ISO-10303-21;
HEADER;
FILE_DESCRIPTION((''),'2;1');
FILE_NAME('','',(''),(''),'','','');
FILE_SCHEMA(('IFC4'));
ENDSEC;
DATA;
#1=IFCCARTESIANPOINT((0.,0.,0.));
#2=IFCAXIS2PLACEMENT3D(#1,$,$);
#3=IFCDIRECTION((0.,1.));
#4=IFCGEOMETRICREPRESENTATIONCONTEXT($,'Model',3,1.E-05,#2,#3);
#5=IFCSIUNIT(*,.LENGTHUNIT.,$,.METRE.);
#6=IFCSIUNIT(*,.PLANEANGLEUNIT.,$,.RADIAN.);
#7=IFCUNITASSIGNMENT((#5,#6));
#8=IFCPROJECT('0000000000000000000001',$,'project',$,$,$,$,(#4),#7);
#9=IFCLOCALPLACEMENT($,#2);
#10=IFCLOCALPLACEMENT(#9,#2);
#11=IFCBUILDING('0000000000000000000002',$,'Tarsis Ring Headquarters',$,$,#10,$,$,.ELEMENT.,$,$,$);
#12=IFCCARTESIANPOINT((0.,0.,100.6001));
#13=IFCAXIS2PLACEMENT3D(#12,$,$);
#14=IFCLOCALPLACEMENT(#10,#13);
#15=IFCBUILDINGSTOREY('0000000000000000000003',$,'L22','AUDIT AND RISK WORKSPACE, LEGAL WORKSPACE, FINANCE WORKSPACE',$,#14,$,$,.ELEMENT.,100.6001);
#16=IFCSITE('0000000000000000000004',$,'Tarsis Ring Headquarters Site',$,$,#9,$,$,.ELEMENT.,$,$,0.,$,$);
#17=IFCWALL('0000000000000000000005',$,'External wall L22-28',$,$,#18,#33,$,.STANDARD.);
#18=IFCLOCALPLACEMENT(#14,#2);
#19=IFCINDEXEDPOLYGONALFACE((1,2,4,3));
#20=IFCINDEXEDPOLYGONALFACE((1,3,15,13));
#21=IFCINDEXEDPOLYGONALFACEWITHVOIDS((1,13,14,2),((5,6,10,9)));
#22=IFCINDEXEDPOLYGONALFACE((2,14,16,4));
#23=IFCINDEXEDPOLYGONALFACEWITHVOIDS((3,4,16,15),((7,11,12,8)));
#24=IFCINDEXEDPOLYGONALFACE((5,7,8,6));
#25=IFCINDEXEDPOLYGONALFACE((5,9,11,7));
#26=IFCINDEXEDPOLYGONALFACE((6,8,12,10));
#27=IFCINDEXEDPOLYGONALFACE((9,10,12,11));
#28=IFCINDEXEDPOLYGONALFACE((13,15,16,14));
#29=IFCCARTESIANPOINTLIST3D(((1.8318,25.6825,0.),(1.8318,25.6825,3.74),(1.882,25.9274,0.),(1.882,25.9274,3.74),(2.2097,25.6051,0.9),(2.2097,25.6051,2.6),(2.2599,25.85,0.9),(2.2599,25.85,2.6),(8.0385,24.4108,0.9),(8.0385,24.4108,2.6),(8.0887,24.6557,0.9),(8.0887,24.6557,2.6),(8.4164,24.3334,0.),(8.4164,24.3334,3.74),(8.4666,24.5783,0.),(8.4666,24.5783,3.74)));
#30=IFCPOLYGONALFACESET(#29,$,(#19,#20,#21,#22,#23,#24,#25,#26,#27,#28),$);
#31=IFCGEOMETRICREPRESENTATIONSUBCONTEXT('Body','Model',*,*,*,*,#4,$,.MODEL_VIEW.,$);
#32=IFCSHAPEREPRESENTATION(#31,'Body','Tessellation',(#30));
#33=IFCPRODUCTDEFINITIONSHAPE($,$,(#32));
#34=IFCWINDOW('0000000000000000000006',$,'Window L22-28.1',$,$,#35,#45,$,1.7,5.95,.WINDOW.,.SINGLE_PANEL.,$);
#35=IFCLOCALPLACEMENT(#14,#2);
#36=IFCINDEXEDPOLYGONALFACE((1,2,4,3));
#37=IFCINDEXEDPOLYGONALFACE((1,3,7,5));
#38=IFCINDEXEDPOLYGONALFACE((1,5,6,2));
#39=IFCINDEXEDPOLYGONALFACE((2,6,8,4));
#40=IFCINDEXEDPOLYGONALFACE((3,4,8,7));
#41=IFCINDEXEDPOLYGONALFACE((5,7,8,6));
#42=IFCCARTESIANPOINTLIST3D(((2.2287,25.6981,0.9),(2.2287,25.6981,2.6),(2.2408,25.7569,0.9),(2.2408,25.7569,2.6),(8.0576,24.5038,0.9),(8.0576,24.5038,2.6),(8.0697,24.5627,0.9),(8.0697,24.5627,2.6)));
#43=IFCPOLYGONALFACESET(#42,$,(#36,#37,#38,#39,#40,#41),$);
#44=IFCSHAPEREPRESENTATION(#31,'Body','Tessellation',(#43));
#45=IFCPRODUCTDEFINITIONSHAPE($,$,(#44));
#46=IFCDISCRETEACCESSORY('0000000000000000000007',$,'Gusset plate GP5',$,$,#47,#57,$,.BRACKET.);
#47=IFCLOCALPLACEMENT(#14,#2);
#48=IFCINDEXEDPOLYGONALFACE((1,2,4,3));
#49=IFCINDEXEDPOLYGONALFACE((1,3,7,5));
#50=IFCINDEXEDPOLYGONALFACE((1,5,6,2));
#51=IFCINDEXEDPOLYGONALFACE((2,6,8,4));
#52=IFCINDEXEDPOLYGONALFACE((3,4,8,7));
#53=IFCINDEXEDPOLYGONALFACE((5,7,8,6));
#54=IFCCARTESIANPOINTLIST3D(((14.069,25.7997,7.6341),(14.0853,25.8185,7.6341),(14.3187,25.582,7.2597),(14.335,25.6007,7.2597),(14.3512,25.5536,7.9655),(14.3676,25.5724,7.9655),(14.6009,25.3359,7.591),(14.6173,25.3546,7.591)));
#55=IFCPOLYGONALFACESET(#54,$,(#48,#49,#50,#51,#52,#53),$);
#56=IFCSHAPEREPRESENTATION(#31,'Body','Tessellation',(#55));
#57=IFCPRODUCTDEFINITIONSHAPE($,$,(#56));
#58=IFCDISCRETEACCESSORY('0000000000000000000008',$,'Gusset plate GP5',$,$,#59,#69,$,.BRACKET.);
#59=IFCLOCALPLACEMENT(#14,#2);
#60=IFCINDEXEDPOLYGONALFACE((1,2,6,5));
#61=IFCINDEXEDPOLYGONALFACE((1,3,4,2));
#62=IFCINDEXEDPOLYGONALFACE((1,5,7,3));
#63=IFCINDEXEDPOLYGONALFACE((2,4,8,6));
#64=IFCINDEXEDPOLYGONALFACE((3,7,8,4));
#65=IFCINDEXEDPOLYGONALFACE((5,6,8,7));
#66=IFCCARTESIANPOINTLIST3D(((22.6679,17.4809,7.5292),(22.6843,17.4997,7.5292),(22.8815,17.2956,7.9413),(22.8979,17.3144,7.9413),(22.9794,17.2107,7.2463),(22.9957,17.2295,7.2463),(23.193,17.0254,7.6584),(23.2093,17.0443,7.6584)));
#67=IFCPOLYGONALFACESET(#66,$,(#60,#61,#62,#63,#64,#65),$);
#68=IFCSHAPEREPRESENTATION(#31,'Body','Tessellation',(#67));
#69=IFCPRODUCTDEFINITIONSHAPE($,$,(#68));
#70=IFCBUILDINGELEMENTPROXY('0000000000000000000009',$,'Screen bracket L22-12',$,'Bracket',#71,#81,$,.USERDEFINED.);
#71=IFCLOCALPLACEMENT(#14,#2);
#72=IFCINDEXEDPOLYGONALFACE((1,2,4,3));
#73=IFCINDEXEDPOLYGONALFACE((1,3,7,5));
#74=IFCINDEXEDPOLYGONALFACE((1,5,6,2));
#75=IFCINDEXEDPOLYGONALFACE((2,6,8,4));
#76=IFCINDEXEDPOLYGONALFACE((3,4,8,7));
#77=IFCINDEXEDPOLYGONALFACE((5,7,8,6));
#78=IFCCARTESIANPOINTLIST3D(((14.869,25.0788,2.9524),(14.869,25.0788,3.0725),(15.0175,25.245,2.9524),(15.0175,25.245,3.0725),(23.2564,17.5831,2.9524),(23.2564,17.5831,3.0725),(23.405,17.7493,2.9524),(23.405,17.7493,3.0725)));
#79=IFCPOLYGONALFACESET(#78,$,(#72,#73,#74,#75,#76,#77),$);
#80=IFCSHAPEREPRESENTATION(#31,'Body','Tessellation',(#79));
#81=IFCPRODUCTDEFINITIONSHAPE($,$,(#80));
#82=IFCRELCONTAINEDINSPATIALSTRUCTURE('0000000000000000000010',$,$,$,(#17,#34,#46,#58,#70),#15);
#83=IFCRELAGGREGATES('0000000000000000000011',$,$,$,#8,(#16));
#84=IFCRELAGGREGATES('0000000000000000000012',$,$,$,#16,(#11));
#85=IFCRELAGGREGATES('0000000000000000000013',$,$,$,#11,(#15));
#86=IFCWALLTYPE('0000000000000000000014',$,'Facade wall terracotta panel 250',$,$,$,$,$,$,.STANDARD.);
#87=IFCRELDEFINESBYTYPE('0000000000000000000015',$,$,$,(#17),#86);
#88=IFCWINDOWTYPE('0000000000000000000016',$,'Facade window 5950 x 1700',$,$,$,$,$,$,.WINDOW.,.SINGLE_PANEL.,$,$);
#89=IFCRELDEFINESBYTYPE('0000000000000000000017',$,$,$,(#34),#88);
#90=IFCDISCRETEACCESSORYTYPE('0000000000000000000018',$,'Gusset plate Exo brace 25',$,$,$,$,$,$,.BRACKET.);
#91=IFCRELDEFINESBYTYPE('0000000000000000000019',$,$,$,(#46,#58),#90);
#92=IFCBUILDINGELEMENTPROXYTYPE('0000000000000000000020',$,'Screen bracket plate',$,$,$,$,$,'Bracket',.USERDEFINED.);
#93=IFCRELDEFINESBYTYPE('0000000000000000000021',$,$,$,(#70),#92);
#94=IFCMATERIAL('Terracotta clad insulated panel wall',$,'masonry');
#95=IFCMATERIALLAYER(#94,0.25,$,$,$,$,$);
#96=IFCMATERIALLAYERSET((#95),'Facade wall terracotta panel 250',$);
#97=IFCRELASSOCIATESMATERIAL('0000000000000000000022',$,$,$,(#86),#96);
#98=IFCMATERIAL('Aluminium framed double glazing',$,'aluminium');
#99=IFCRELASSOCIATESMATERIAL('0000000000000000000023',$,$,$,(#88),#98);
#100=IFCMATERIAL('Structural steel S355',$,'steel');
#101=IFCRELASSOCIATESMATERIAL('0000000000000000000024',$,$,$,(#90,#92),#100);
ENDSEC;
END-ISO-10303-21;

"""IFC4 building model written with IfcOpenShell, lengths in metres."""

from ifc_helpers import new_model, si_unit, direction, frame, frame_2d, origin, origin_2d, place, context, subcontext, project, spatial, rectangle, extrude, material, layer, layer_set, material_profile, profile_set, type_object, element, fill, save


model = new_model("IFC4")

# Units and contexts
model_context = context("Model", 3, precision=1e-05, world=origin(), true_north=direction((0.0, 1.0)))
body_context = subcontext(model_context, "Body", "Model", "MODEL_VIEW")
ifc_project = project(units=[si_unit("LENGTHUNIT", "METRE"), si_unit("PLANEANGLEUNIT", "RADIAN")], contexts=[model_context])

# Site, building, storey
site_placement = place(None, origin())
site = spatial("IfcSite", under=ifc_project, at=site_placement, Name="Tarsis Ring Headquarters Site", CompositionType="ELEMENT", RefElevation=0.0)
building_placement = place(site_placement, origin())
building = spatial("IfcBuilding", under=site, at=building_placement, Name="Tarsis Ring Headquarters", CompositionType="ELEMENT")
storey_placement = place(building_placement, frame((0.0, 0.0, 100.6001)))
storey = spatial("IfcBuildingStorey", under=building, at=storey_placement, Name="L22", Description="AUDIT AND RISK WORKSPACE, LEGAL WORKSPACE, FINANCE WORKSPACE", CompositionType="ELEMENT", Elevation=100.6001)

# Shared definitions
ifc_material_1 = material(Name="Structural steel S355", Category="steel")

# Wall, opening, window
ifc_material_2 = material(Name="Terracotta clad insulated panel wall", Category="masonry")
ifc_layer = layer(ifc_material_2, 0.25)
ifc_layer_set = layer_set([ifc_layer], Name="Facade wall terracotta panel 250")
wall_type = type_object("IfcWallType", Name="Facade wall terracotta panel 250", PredefinedType="STANDARD", material=ifc_layer_set)
ifc_material_3 = material(Name="Aluminium framed double glazing", Category="aluminium")
window_type = type_object("IfcWindowType", Name="Facade window 5950 x 1700", PartitioningType="SINGLE_PANEL", PredefinedType="WINDOW", material=ifc_material_3)
wall_1_placement = place(storey_placement, frame((8.4417, 24.4558, 0.0), z_axis=(0.0, 0.0, 1.0), x_axis=(-0.979649, 0.200717, 0.0)))
wall_1 = element("IfcWall", 1, at=wall_1_placement, inside=storey, type_object=wall_type, Name="External wall L22-28", PredefinedType="STANDARD", context=body_context, shape_type="SweptSolid", body=[
    extrude(rectangle(XDim=6.7214, YDim=0.25, at=frame_2d((3.3608, 0.0))), origin(), (0.0, 0.0, 1.0), 3.74),
])
opening_1_placement = place(wall_1_placement, frame((0.3857, 0.0, 0.8999)))
opening_1 = element("IfcOpeningElement", 2, at=opening_1_placement, cuts=wall_1, PredefinedType="OPENING", context=body_context, shape_type="SweptSolid", body=[
    extrude(rectangle(XDim=5.95, YDim=1.7, at=frame_2d((2.9751, 0.8501))), frame((0.0, 0.135, 0.0), z_axis=(0.0, -1.0, 0.0), x_axis=(1.0, 0.0, 0.0)), (0.0, 0.0, 1.0), 0.27),
])
window_1_placement = place(opening_1_placement, origin())
window_1 = element("IfcWindow", 3, at=window_1_placement, inside=storey, type_object=window_type, Name="Window L22-28.1", OverallHeight=1.7, OverallWidth=5.95, PartitioningType="SINGLE_PANEL", PredefinedType="WINDOW", context=body_context, shape_type="SweptSolid", body=[
    extrude(rectangle(XDim=5.95, YDim=1.7, at=frame_2d((2.9751, 0.8501))), frame((0.0, 0.03, 0.0), z_axis=(0.0, -1.0, 0.0), x_axis=(1.0, 0.0, 0.0)), (0.0, 0.0, 1.0), 0.0601),
])
fill(opening_1, window_1)

# Discrete accessories
ifc_material_profile_1 = material_profile(ifc_material_1, rectangle(XDim=0.0249, YDim=0.5, at=origin_2d()), Name="PL 25x500")
ifc_profile_set_1 = profile_set([ifc_material_profile_1], Name="Structural steel S355")
discrete_accessory_type = type_object("IfcDiscreteAccessoryType", Name="Gusset plate Exo brace 25", PredefinedType="BRACKET", material=ifc_profile_set_1)
discrete_accessory_1_placement = place(storey_placement, frame((14.2183, 25.686, 7.7998), z_axis=(0.49945, -0.435493, -0.74893), x_axis=(0.6572, 0.753717, 0.0)))
element("IfcDiscreteAccessory", 4, at=discrete_accessory_1_placement, inside=storey, type_object=discrete_accessory_type, Name="Gusset plate GP5", PredefinedType="BRACKET", context=body_context, shape_type="SweptSolid", body=[
    extrude(rectangle(XDim=0.0249, YDim=0.5, at=origin_2d()), origin(), (0.0, 0.0, 1.0), 0.5),
])
discrete_accessory_2_placement = place(storey_placement, frame((23.0454, 17.1699, 7.7998), z_axis=(-0.427412, 0.370749, -0.824539), x_axis=(-0.655259, -0.755404, 0.0)))
element("IfcDiscreteAccessory", 5, at=discrete_accessory_2_placement, inside=storey, type_object=discrete_accessory_type, Name="Gusset plate GP5", PredefinedType="BRACKET", context=body_context, shape_type="SweptSolid", body=[
    extrude(rectangle(XDim=0.0249, YDim=0.5, at=origin_2d()), origin(), (0.0, 0.0, 1.0), 0.4998),
])

# Building element proxy
building_element_proxy_type = type_object("IfcBuildingElementProxyType", Name="Screen bracket plate", ElementType="Bracket", PredefinedType="USERDEFINED", material=ifc_material_1)
proxy_placement = place(storey_placement, frame((19.137, 21.4141, 2.9524), z_axis=(0.0, 0.0, 1.0), x_axis=(-0.745636, 0.666354, 0.0)))
element("IfcBuildingElementProxy", 6, at=proxy_placement, inside=storey, type_object=building_element_proxy_type, Name="Screen bracket L22-12", ObjectType="Bracket", PredefinedType="USERDEFINED", context=body_context, shape_type="SweptSolid", body=[
    extrude(rectangle(XDim=11.2488, YDim=0.2229, at=origin_2d()), origin(), (0.0, 0.0, 1.0), 0.1201),
])

save(model, "model.ifc")
